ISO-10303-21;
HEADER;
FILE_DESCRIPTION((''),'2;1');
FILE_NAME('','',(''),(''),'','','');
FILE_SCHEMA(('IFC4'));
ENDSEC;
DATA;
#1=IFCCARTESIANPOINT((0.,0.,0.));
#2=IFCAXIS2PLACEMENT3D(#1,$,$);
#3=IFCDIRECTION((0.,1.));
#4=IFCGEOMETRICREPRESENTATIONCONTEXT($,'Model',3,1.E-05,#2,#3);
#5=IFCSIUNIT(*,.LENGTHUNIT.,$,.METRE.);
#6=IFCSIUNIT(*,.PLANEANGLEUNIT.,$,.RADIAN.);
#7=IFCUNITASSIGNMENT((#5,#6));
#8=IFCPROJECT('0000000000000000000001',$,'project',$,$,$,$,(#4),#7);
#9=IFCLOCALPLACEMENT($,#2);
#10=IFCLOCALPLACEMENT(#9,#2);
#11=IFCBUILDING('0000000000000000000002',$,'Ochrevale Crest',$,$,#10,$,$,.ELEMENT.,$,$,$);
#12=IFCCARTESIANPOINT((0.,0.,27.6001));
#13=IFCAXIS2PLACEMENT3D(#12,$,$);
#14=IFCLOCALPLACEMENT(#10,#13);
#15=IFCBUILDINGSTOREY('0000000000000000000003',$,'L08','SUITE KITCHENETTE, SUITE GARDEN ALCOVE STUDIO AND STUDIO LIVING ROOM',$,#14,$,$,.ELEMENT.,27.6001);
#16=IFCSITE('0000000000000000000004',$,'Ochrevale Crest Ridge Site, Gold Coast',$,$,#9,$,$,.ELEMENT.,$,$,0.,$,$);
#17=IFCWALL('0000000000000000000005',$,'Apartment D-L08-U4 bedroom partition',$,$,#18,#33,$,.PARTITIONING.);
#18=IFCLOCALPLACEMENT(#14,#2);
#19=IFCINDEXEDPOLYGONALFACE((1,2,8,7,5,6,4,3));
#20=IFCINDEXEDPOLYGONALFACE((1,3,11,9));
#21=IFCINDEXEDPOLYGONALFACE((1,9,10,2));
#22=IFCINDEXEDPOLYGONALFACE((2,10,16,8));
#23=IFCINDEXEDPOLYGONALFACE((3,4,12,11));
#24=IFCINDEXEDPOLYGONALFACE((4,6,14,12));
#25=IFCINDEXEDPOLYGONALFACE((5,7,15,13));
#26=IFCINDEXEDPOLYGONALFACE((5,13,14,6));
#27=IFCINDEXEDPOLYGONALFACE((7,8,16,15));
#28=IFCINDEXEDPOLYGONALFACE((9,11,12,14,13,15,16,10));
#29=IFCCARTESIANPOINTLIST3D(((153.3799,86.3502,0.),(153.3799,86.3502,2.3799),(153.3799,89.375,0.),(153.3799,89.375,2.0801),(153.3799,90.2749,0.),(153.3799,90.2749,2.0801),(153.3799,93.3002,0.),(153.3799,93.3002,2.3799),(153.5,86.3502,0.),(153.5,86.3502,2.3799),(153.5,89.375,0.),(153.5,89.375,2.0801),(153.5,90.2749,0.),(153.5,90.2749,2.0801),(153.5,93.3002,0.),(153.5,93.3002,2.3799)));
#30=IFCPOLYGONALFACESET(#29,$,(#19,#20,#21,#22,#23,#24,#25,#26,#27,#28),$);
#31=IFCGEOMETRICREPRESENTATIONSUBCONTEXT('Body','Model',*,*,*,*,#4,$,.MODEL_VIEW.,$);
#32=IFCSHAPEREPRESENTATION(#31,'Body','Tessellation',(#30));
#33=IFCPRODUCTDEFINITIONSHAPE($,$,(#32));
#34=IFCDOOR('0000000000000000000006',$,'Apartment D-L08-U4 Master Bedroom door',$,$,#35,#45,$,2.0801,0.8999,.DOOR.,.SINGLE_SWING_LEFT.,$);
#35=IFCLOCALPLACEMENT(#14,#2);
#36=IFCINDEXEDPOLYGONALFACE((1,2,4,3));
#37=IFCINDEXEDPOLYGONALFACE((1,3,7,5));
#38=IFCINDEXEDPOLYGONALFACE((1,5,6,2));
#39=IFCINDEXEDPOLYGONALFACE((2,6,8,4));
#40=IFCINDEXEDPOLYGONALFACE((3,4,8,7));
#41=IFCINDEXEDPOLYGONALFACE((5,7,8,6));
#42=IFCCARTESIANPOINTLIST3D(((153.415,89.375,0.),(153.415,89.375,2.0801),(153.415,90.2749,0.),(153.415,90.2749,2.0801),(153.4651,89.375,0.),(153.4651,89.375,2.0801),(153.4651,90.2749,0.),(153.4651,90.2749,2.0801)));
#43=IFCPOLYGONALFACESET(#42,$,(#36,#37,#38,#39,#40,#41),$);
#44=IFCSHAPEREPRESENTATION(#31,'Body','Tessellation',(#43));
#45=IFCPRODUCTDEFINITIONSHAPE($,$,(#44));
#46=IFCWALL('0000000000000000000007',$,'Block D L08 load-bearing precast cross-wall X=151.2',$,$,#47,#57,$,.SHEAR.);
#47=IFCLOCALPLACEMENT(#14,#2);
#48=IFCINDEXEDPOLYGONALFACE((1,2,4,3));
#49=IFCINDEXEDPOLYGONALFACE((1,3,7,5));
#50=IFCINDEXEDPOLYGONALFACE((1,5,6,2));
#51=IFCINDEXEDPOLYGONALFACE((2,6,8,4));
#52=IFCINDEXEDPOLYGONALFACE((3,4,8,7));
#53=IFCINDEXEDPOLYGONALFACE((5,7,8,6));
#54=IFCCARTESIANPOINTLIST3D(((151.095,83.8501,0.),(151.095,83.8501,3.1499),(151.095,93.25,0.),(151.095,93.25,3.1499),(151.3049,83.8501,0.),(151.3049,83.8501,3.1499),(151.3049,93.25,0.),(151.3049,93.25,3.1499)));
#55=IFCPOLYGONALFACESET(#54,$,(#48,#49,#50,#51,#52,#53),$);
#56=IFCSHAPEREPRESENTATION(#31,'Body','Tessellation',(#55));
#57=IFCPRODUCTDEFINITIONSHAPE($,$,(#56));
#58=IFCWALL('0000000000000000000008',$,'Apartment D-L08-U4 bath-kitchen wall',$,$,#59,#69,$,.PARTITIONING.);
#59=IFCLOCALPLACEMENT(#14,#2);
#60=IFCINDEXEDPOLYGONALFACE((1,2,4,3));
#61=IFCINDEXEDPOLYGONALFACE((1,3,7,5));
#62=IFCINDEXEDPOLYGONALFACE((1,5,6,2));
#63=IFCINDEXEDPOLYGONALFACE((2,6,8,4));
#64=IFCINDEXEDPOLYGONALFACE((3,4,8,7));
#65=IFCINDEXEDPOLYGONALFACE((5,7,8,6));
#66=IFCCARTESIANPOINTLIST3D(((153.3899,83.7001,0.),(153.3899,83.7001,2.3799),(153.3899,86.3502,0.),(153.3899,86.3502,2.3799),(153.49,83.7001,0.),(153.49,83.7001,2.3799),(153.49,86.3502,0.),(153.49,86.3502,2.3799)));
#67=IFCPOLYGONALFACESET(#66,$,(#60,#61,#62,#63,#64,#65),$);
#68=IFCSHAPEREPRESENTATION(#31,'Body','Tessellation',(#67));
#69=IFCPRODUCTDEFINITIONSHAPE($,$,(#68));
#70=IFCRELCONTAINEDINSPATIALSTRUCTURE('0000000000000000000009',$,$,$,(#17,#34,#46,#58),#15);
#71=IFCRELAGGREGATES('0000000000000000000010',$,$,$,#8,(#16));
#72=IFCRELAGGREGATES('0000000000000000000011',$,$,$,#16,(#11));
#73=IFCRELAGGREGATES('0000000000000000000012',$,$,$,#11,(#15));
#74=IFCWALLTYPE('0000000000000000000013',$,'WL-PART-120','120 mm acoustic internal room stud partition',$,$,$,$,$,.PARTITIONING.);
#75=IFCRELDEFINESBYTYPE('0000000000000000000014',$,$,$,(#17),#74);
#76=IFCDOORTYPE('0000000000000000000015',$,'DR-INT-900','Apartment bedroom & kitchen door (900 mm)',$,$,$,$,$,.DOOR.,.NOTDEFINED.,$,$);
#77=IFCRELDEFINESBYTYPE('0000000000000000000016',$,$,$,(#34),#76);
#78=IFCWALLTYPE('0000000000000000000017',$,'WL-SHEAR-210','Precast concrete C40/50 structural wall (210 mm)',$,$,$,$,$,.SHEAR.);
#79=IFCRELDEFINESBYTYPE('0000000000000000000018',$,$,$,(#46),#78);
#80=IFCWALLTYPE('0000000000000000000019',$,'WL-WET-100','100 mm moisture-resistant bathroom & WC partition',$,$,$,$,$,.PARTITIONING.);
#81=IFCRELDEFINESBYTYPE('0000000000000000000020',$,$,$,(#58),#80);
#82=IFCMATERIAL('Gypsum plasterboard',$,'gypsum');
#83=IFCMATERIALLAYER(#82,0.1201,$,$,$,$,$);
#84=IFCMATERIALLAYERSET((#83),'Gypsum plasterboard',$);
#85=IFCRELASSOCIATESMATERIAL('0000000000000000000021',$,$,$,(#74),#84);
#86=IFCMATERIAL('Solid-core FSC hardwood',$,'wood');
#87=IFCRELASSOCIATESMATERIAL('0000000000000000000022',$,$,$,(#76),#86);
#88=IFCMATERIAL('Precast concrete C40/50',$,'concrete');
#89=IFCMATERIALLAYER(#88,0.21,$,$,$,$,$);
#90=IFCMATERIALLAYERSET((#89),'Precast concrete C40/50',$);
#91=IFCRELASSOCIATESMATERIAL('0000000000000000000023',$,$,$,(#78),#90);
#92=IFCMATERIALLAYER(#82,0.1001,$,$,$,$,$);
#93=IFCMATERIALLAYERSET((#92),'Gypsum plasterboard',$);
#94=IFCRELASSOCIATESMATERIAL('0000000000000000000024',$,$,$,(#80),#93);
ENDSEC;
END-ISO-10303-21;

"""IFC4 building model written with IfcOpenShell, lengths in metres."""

from ifc_helpers import new_model, si_unit, direction, frame, frame_2d, origin, place, context, subcontext, project, spatial, rectangle, extrude, material, layer, layer_set, type_object, element, fill, save


model = new_model("IFC4")

# Units and contexts
model_context = context("Model", 3, precision=1e-05, world=origin(), true_north=direction((0.0, 1.0)))
body_context = subcontext(model_context, "Body", "Model", "MODEL_VIEW")
ifc_project = project(units=[si_unit("LENGTHUNIT", "METRE"), si_unit("PLANEANGLEUNIT", "RADIAN")], contexts=[model_context])

# Site, building, storey
site_placement = place(None, origin())
site = spatial("IfcSite", under=ifc_project, at=site_placement, Name="Ochrevale Crest Ridge Site, Gold Coast", CompositionType="ELEMENT", RefElevation=0.0)
building_placement = place(site_placement, origin())
building = spatial("IfcBuilding", under=site, at=building_placement, Name="Ochrevale Crest", CompositionType="ELEMENT")
storey_placement = place(building_placement, frame((0.0, 0.0, 27.6001)))
storey = spatial("IfcBuildingStorey", under=building, at=storey_placement, Name="L08", Description="SUITE KITCHENETTE, SUITE GARDEN ALCOVE STUDIO AND STUDIO LIVING ROOM", CompositionType="ELEMENT", Elevation=27.6001)

# Shared definitions
ifc_material_1 = material(Name="Gypsum plasterboard", Category="gypsum")
ifc_material_2 = material(Name="Solid-core FSC hardwood", Category="wood")

# Shared definitions
ifc_layer_1 = layer(ifc_material_1, 0.1201)
ifc_layer_set_1 = layer_set([ifc_layer_1], Name="Gypsum plasterboard")
wall_type_1 = type_object("IfcWallType", Name="WL-PART-120", Description="120 mm acoustic internal room stud partition", PredefinedType="PARTITIONING", material=ifc_layer_set_1)
door_type_1 = type_object("IfcDoorType", Name="DR-INT-900", Description="Apartment bedroom & kitchen door (900 mm)", OperationType="NOTDEFINED", PredefinedType="DOOR", material=ifc_material_2)

# Wall, opening, door
wall_1_placement = place(storey_placement, frame((153.4399, 86.3501, 0.0), z_axis=(0.0, 0.0, 1.0), x_axis=(0.0, 1.0, 0.0)))
wall_1 = element("IfcWall", 1, at=wall_1_placement, inside=storey, type_object=wall_type_1, Name="Apartment D-L08-U4 bedroom partition", PredefinedType="PARTITIONING", context=body_context, shape_type="SweptSolid", body=[
    extrude(rectangle(XDim=6.95, YDim=0.1201, at=frame_2d((3.4751, 0.0))), origin(), (0.0, 0.0, 1.0), 2.3799),
])
opening_1_placement = place(wall_1_placement, frame((3.0249, 0.0, 0.0)))
opening_1 = element("IfcOpeningElement", 2, at=opening_1_placement, cuts=wall_1, PredefinedType="OPENING", context=body_context, shape_type="SweptSolid", body=[
    extrude(rectangle(XDim=0.8999, YDim=2.0801, at=frame_2d((0.45, 1.04))), frame((0.0, 0.0701, 0.0), z_axis=(0.0, -1.0, 0.0), x_axis=(1.0, 0.0, 0.0)), (0.0, 0.0, 1.0), 0.1401),
])
door_1_placement = place(opening_1_placement, origin())
door_1 = element("IfcDoor", 3, at=door_1_placement, inside=storey, type_object=door_type_1, Name="Apartment D-L08-U4 Master Bedroom door", OperationType="SINGLE_SWING_LEFT", OverallHeight=2.0801, OverallWidth=0.8999, PredefinedType="DOOR", context=body_context, shape_type="SweptSolid", body=[
    extrude(rectangle(XDim=0.8999, YDim=2.0801, at=frame_2d((0.45, 1.04))), frame((0.0, 0.0249, 0.0), z_axis=(0.0, -1.0, 0.0), x_axis=(1.0, 0.0, 0.0)), (0.0, 0.0, 1.0), 0.05),
])
fill(opening_1, door_1)

# Walls
ifc_material_3 = material(Name="Precast concrete C40/50", Category="concrete")
ifc_layer_2 = layer(ifc_material_3, 0.21)
ifc_layer_set_2 = layer_set([ifc_layer_2], Name="Precast concrete C40/50")
wall_type_2 = type_object("IfcWallType", Name="WL-SHEAR-210", Description="Precast concrete C40/50 structural wall (210 mm)", PredefinedType="SHEAR", material=ifc_layer_set_2)
wall_2_placement = place(storey_placement, frame((151.2, 83.8501, 0.0), z_axis=(0.0, 0.0, 1.0), x_axis=(0.0, 1.0, 0.0)))
element("IfcWall", 4, at=wall_2_placement, inside=storey, type_object=wall_type_2, Name="Block D L08 load-bearing precast cross-wall X=151.2", PredefinedType="SHEAR", context=body_context, shape_type="SweptSolid", body=[
    extrude(rectangle(XDim=9.3999, YDim=0.21, at=frame_2d((4.7, 0.0))), origin(), (0.0, 0.0, 1.0), 3.1499),
])
ifc_layer_3 = layer(ifc_material_1, 0.1001)
ifc_layer_set_3 = layer_set([ifc_layer_3], Name="Gypsum plasterboard")
wall_type_3 = type_object("IfcWallType", Name="WL-WET-100", Description="100 mm moisture-resistant bathroom & WC partition", PredefinedType="PARTITIONING", material=ifc_layer_set_3)
wall_3_placement = place(storey_placement, frame((153.4399, 83.7, 0.0), z_axis=(0.0, 0.0, 1.0), x_axis=(0.0, 1.0, 0.0)))
element("IfcWall", 5, at=wall_3_placement, inside=storey, type_object=wall_type_3, Name="Apartment D-L08-U4 bath-kitchen wall", PredefinedType="PARTITIONING", context=body_context, shape_type="SweptSolid", body=[
    extrude(rectangle(XDim=2.6501, YDim=0.1001, at=frame_2d((1.3252, 0.0))), origin(), (0.0, 0.0, 1.0), 2.3799),
])

save(model, "model.ifc")
